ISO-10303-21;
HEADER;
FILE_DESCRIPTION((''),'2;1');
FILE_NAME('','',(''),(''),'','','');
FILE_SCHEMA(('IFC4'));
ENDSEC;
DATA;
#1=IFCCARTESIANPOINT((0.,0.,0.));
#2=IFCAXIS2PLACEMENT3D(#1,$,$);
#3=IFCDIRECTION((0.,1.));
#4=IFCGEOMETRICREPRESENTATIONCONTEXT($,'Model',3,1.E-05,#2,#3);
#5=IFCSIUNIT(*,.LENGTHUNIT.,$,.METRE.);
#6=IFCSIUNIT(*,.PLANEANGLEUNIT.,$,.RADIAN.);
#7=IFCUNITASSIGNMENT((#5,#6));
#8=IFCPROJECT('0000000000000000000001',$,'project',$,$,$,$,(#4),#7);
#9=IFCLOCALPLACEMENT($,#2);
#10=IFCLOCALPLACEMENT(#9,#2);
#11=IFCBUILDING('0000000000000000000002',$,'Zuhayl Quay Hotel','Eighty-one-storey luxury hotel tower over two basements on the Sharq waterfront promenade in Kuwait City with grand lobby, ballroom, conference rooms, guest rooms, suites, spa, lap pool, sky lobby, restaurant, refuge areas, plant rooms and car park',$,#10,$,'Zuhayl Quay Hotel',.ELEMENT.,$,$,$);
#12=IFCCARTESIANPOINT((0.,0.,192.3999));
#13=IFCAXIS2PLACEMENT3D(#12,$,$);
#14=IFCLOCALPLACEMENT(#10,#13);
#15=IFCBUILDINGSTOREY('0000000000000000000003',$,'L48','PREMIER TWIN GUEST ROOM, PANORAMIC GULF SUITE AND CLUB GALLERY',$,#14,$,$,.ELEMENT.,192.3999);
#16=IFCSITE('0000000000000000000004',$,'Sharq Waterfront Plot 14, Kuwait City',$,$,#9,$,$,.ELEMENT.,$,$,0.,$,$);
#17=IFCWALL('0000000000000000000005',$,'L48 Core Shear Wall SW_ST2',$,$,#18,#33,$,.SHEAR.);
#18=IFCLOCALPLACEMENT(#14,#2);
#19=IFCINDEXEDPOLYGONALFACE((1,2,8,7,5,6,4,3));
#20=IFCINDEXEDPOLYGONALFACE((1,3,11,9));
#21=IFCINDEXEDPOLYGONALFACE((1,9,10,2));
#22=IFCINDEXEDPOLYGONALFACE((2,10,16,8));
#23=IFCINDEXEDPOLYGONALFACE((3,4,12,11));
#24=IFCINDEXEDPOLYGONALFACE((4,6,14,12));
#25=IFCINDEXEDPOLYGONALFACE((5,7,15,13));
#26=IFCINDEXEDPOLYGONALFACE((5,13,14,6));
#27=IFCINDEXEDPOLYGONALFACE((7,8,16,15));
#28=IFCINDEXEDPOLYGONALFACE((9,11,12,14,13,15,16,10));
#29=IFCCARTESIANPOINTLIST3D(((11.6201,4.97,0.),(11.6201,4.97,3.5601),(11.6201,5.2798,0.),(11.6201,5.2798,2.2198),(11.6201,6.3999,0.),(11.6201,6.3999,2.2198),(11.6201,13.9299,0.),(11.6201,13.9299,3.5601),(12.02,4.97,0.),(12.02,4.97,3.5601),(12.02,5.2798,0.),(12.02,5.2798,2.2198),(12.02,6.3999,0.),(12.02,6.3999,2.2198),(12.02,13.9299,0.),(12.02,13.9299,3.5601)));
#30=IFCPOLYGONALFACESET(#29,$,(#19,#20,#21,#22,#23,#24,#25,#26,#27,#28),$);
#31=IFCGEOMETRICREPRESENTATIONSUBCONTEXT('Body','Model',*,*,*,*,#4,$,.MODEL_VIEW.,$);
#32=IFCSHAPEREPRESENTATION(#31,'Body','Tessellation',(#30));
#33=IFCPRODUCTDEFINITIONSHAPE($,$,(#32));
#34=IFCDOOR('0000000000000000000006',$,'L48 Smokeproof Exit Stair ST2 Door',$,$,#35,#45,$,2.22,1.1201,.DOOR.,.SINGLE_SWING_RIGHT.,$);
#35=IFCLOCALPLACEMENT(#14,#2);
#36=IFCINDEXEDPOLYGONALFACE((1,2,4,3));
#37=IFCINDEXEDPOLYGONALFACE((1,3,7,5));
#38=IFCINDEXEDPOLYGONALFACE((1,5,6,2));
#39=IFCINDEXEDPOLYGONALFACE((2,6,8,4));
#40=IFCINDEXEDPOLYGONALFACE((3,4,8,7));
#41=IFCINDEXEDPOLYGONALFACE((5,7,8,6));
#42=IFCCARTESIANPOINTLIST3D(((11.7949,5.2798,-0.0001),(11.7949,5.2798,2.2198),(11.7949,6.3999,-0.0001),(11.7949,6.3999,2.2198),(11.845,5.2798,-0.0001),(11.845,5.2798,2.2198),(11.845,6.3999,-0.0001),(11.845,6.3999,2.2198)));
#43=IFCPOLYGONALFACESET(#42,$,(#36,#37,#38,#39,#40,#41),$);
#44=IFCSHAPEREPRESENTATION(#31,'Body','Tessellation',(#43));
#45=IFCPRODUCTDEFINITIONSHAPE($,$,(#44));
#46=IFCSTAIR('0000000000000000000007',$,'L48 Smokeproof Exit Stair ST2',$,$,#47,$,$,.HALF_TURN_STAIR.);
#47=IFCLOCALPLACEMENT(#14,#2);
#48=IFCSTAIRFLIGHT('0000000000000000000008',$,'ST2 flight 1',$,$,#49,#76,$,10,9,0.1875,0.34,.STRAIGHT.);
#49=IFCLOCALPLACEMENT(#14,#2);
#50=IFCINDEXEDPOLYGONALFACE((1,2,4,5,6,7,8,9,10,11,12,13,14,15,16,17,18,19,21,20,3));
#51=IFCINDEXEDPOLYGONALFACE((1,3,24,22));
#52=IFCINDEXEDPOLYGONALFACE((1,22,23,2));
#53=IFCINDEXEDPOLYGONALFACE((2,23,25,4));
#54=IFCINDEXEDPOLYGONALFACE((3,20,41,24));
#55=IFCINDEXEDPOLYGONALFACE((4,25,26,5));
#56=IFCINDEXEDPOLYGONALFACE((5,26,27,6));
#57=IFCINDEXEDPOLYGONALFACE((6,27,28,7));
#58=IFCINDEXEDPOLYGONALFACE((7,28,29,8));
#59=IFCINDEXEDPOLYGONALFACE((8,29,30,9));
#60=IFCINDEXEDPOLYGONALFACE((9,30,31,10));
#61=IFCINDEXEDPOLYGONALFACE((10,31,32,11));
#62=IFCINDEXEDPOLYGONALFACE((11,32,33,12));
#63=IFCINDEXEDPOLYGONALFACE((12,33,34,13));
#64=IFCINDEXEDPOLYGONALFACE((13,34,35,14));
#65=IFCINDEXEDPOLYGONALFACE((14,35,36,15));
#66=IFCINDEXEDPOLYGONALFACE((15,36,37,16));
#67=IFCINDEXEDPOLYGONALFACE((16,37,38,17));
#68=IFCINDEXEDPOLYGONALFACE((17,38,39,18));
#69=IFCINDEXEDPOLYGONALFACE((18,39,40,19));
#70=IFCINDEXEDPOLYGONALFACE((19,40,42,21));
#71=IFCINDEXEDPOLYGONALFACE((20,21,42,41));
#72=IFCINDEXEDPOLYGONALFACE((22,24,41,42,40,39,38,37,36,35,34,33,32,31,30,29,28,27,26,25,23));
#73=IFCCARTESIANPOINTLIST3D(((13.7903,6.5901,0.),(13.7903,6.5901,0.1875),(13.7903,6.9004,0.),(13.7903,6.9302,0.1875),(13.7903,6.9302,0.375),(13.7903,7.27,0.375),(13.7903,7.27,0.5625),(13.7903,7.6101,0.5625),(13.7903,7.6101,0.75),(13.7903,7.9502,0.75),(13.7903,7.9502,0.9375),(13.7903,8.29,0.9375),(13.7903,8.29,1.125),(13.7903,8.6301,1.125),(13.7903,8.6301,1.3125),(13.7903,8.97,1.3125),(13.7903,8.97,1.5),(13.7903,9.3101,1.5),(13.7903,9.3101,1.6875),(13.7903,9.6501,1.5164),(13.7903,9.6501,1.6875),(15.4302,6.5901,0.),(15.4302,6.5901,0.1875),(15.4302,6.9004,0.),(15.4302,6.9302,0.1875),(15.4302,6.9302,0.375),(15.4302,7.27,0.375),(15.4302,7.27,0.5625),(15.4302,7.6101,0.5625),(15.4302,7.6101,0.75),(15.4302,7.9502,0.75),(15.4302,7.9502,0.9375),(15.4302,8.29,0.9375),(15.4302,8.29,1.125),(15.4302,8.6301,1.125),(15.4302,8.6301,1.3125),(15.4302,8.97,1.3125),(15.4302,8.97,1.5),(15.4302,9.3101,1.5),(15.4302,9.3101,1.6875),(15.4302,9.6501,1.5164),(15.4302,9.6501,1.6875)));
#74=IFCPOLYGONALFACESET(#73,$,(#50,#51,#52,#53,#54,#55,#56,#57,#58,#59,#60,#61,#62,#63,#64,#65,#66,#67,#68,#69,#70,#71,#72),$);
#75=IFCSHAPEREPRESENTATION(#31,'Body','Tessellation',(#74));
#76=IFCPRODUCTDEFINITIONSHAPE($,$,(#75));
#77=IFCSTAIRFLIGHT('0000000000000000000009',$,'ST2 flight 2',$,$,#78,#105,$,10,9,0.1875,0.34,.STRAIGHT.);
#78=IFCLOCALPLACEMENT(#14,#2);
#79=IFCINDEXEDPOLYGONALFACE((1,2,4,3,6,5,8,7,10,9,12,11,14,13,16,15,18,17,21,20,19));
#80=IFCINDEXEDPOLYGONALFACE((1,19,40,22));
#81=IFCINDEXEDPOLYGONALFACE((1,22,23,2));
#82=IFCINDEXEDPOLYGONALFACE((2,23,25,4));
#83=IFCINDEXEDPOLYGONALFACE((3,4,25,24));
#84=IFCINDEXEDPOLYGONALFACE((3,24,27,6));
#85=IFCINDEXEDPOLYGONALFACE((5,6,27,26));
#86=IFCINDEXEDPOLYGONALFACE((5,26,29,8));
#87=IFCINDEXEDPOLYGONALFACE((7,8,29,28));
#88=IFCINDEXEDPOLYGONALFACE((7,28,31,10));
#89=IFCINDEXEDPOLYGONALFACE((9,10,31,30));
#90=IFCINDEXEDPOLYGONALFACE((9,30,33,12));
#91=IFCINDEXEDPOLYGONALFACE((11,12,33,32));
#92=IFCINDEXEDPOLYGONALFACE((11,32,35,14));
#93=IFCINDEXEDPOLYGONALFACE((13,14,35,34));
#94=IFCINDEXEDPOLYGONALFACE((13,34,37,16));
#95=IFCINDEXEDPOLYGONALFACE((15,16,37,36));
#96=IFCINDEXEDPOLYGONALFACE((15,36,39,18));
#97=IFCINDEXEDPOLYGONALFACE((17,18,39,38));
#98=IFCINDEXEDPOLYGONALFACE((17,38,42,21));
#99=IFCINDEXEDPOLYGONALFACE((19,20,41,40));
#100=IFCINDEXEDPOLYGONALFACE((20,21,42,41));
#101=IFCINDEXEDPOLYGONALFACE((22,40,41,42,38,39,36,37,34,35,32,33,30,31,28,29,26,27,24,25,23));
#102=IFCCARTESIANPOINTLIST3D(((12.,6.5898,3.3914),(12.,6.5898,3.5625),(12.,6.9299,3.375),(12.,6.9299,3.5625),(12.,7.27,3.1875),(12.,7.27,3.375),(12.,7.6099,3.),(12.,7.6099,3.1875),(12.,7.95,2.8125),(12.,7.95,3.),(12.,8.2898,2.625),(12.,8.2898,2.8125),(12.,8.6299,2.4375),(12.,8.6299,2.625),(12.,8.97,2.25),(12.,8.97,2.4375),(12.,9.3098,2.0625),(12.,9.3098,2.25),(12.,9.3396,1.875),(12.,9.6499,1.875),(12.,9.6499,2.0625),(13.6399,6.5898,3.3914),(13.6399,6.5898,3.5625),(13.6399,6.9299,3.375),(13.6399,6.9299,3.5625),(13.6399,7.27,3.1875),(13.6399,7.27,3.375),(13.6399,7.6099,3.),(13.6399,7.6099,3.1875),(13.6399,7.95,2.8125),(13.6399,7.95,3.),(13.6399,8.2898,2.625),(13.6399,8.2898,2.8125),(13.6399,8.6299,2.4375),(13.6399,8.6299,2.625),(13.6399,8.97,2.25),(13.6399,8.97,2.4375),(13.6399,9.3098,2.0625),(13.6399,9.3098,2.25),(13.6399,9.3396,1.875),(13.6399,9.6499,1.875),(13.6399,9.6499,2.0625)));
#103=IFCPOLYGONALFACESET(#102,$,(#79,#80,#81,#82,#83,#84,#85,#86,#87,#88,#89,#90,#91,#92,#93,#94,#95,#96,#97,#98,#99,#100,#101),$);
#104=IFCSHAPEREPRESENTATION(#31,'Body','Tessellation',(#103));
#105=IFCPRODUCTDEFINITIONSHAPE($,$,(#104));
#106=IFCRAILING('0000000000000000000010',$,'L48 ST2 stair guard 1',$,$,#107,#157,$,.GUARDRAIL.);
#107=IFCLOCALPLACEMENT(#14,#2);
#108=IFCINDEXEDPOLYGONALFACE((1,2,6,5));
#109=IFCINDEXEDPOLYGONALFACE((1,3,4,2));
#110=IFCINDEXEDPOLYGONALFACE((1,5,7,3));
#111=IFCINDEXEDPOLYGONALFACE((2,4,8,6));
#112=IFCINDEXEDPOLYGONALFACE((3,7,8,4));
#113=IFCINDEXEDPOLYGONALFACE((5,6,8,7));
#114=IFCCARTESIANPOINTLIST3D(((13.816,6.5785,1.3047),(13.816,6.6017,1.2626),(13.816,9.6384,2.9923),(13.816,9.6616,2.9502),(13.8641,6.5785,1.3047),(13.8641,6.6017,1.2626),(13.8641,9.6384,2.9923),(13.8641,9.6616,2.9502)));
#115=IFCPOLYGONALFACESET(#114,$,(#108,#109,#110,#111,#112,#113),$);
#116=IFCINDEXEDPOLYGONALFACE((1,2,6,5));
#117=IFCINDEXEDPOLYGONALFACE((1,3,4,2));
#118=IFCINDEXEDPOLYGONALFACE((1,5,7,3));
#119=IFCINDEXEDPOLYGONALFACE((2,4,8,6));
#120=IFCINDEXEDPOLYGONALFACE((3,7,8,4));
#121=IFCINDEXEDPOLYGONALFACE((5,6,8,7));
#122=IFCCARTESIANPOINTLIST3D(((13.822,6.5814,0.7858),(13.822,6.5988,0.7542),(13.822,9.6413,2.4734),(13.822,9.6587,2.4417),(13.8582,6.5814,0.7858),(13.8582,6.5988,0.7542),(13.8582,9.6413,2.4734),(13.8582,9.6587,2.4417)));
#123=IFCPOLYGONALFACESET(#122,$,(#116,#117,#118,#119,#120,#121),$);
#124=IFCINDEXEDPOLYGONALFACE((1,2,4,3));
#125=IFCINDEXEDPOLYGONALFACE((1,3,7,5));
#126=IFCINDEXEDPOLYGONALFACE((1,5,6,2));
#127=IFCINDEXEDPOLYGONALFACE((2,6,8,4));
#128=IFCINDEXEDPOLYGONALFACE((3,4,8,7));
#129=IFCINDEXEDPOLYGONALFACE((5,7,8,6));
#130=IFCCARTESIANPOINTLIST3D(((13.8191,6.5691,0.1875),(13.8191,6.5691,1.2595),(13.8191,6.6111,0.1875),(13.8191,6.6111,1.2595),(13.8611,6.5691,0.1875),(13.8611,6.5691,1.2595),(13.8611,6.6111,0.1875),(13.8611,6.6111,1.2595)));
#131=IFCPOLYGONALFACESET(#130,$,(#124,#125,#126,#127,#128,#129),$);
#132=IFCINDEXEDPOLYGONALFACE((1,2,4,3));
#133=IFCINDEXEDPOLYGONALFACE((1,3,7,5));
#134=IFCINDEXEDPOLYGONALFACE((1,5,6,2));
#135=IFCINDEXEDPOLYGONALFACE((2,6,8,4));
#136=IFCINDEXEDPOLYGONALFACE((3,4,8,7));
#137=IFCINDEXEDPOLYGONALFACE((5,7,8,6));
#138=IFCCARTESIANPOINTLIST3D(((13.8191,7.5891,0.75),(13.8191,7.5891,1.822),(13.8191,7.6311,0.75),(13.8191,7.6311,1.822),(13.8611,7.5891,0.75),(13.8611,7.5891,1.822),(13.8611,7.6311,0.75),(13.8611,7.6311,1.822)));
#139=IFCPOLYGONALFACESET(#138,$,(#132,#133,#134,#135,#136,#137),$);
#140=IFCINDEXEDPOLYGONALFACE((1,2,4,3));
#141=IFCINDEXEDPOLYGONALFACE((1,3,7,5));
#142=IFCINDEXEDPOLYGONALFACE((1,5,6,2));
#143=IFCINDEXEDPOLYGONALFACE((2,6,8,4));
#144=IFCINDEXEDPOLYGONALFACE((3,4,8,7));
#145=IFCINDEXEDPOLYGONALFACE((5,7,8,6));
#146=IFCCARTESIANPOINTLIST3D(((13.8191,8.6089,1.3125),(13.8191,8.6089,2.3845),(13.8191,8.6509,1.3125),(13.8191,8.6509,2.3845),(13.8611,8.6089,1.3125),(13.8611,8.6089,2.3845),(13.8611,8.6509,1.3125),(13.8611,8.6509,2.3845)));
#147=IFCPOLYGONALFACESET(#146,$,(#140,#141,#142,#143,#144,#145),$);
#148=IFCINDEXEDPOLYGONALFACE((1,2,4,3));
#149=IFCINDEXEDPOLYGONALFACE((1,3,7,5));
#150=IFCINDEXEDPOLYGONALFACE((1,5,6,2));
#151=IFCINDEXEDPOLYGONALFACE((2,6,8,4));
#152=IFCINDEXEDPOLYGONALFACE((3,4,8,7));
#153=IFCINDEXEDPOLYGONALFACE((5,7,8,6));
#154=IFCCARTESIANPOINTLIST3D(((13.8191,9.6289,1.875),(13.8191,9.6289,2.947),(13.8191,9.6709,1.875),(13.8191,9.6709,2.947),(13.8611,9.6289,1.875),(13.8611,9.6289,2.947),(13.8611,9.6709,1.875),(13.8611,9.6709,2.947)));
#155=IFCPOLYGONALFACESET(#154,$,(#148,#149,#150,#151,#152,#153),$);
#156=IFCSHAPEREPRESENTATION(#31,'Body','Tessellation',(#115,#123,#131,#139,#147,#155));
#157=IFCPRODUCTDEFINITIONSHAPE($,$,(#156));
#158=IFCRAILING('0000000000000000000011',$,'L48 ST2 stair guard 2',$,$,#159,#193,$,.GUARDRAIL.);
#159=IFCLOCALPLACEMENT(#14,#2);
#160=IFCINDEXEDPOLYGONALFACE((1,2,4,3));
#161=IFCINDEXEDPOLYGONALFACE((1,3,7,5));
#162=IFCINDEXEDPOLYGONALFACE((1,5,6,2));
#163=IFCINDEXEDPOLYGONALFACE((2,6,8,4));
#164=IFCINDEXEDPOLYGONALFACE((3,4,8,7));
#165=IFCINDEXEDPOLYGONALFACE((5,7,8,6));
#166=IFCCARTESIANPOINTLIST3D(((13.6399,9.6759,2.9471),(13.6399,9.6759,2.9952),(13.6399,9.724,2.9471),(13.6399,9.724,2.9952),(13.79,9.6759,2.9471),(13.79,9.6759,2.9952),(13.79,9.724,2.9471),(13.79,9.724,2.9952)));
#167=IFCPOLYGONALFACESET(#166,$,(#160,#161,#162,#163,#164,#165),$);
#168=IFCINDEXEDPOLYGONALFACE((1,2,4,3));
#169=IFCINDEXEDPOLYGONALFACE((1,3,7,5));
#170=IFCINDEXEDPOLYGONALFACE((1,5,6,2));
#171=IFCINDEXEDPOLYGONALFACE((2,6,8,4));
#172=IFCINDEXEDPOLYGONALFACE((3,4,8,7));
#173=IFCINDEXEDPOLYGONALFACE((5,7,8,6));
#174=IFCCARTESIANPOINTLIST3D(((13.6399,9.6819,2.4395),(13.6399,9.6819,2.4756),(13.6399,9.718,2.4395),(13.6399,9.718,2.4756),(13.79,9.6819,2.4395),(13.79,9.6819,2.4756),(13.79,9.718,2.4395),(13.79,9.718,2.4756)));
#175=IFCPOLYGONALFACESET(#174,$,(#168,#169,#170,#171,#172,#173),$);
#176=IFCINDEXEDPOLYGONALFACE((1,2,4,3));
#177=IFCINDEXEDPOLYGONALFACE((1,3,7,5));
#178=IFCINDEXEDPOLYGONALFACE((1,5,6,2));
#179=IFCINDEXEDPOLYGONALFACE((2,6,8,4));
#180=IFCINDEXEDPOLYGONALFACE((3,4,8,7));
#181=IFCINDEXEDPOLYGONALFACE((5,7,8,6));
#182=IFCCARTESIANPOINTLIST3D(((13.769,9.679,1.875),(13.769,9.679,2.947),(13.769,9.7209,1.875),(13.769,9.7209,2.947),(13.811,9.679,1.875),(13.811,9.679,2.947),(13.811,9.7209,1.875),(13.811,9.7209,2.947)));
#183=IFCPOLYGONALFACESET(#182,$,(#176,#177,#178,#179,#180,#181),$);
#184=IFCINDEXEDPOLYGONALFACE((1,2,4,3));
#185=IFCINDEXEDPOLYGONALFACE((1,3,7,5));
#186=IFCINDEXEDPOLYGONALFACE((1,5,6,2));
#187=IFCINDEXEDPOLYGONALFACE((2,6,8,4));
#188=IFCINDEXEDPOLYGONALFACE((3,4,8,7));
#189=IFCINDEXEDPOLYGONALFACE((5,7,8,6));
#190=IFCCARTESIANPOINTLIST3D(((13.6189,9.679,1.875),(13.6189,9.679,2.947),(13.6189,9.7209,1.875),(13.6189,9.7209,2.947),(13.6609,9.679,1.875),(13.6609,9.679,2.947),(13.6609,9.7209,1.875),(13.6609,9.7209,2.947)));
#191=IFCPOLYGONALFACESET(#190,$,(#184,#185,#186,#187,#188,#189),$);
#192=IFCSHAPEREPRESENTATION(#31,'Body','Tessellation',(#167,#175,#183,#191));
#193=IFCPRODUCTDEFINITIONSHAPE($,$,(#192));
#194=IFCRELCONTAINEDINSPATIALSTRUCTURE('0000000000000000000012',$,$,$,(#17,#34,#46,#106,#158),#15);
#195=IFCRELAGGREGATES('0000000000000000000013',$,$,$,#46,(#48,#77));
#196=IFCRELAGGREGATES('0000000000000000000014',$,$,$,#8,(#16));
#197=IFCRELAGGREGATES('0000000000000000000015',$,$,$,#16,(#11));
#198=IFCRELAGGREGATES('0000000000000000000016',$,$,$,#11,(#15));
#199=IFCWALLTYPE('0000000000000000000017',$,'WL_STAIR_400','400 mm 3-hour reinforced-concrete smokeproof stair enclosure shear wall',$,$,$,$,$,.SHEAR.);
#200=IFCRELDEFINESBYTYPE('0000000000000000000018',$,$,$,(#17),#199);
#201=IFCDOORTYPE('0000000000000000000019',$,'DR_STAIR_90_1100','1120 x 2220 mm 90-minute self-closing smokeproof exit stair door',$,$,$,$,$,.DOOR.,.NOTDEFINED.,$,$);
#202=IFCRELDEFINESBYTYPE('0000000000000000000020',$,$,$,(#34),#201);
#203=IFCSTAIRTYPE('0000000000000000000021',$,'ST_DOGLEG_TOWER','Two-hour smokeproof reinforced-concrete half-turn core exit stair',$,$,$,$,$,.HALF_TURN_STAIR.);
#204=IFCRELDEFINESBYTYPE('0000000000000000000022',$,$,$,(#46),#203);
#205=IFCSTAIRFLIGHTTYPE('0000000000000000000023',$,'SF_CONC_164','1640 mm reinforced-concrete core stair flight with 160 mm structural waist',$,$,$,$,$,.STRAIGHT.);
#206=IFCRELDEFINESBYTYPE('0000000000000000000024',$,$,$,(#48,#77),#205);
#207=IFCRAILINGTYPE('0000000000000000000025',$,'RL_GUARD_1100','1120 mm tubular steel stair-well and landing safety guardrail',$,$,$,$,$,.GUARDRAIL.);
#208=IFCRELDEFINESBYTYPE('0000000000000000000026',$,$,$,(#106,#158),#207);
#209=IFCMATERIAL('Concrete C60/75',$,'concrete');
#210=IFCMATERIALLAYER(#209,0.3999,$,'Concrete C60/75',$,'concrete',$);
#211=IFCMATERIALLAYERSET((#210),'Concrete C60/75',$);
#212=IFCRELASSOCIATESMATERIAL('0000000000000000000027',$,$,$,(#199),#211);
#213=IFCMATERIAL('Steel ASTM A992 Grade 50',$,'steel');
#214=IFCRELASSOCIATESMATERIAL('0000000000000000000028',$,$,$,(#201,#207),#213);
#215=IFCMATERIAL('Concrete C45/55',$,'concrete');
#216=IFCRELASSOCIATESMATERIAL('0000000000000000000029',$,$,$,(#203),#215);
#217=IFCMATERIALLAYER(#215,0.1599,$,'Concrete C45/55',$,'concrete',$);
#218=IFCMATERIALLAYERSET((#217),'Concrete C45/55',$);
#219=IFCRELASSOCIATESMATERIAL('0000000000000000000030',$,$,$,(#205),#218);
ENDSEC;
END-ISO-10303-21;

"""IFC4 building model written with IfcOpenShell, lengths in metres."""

from ifc_helpers import new_model, si_unit, direction, frame, frame_2d, origin, origin_2d, place, context, subcontext, project, spatial, polyline, rectangle, outline, extrude, material, layer, layer_set, type_object, element, fill, aggregate, save


model = new_model("IFC4")

# Units and contexts
model_context = context("Model", 3, precision=1e-05, world=origin(), true_north=direction((0.0, 1.0)))
body_context = subcontext(model_context, "Body", "Model", "MODEL_VIEW")
ifc_project = project(units=[si_unit("LENGTHUNIT", "METRE"), si_unit("PLANEANGLEUNIT", "RADIAN")], contexts=[model_context])

# Site, building, storey
site_placement = place(None, origin())
site = spatial("IfcSite", under=ifc_project, at=site_placement, Name="Sharq Waterfront Plot 14, Kuwait City", CompositionType="ELEMENT", RefElevation=0.0)
building_placement = place(site_placement, origin())
building = spatial("IfcBuilding", under=site, at=building_placement, Name="Zuhayl Quay Hotel", Description="Eighty-one-storey luxury hotel tower over two basements on the Sharq waterfront promenade in Kuwait City with grand lobby, ballroom, conference rooms, guest rooms, suites, spa, lap pool, sky lobby, restaurant, refuge areas, plant rooms and car park", LongName="Zuhayl Quay Hotel", CompositionType="ELEMENT")
storey_placement = place(building_placement, frame((0.0, 0.0, 192.3999)))
storey = spatial("IfcBuildingStorey", under=building, at=storey_placement, Name="L48", Description="PREMIER TWIN GUEST ROOM, PANORAMIC GULF SUITE AND CLUB GALLERY", CompositionType="ELEMENT", Elevation=192.3999)

# Shared definitions
ifc_material_1 = material(Name="Concrete C60/75", Category="concrete")

# Shared definitions
ifc_material_2 = material(Name="Steel ASTM A992 Grade 50", Category="steel")

# Wall, opening, door
ifc_layer_1 = layer(ifc_material_1, 0.3999, Name="Concrete C60/75", Category="concrete")
ifc_layer_set_1 = layer_set([ifc_layer_1], Name="Concrete C60/75")
wall_type_1 = type_object("IfcWallType", Name="WL_STAIR_400", Description="400 mm 3-hour reinforced-concrete smokeproof stair enclosure shear wall", PredefinedType="SHEAR", material=ifc_layer_set_1)
wall_1_placement = place(storey_placement, frame((11.8201, 13.9299, 0.0), z_axis=(0.0, 0.0, 1.0), x_axis=(0.0, -1.0, 0.0)))
wall_1 = element("IfcWall", 1, at=wall_1_placement, inside=storey, type_object=wall_type_1, Name="L48 Core Shear Wall SW_ST2", PredefinedType="SHEAR", context=body_context, shape_type="SweptSolid", body=[
    extrude(rectangle(XDim=8.96, YDim=0.3999, at=frame_2d((4.48, 0.0))), origin(), (0.0, 0.0, 1.0), 3.5601),
])
opening_1_placement = place(wall_1_placement, frame((7.53, 0.0, 0.0)))
opening_1 = element("IfcOpeningElement", 2, at=opening_1_placement, cuts=wall_1, PredefinedType="OPENING", context=body_context, shape_type="SweptSolid", body=[
    extrude(rectangle(XDim=1.1201, YDim=2.22, at=frame_2d((0.5601, 1.1099))), frame((0.0, 0.21, 0.0), z_axis=(0.0, -1.0, 0.0), x_axis=(1.0, 0.0, 0.0)), (0.0, 0.0, 1.0), 0.4199),
])
door_type_1 = type_object("IfcDoorType", Name="DR_STAIR_90_1100", Description="1120 x 2220 mm 90-minute self-closing smokeproof exit stair door", OperationType="NOTDEFINED", PredefinedType="DOOR", material=ifc_material_2)
door_1_placement = place(opening_1_placement, origin())
door_1 = element("IfcDoor", 3, at=door_1_placement, inside=storey, type_object=door_type_1, Name="L48 Smokeproof Exit Stair ST2 Door", OperationType="SINGLE_SWING_RIGHT", OverallHeight=2.22, OverallWidth=1.1201, PredefinedType="DOOR", context=body_context, shape_type="SweptSolid", body=[
    extrude(rectangle(XDim=1.1201, YDim=2.22, at=frame_2d((0.5601, 1.1099))), frame((0.0, 0.0249, 0.0), z_axis=(0.0, -1.0, 0.0), x_axis=(1.0, 0.0, 0.0)), (0.0, 0.0, 1.0), 0.05),
])
fill(opening_1, door_1)

# Stair, stair flights
ifc_material_3 = material(Name="Concrete C45/55", Category="concrete")
stair_type = type_object("IfcStairType", Name="ST_DOGLEG_TOWER", Description="Two-hour smokeproof reinforced-concrete half-turn core exit stair", PredefinedType="HALF_TURN_STAIR", material=ifc_material_3)
stair_placement = place(storey_placement, origin())
stair = element("IfcStair", 4, at=stair_placement, inside=storey, type_object=stair_type, Name="L48 Smokeproof Exit Stair ST2", PredefinedType="HALF_TURN_STAIR")
ifc_layer_2 = layer(ifc_material_3, 0.1599, Name="Concrete C45/55", Category="concrete")
ifc_layer_set_2 = layer_set([ifc_layer_2], Name="Concrete C45/55")
stair_flight_type = type_object("IfcStairFlightType", Name="SF_CONC_164", Description="1640 mm reinforced-concrete core stair flight with 160 mm structural waist", PredefinedType="STRAIGHT", material=ifc_layer_set_2)
stair_flight_1_placement = place(storey_placement, frame((14.6101, 6.5901, 0.0), z_axis=(0.0, 0.0, 1.0), x_axis=(0.0, 1.0, 0.0)))
stair_flight_1 = element("IfcStairFlight", 5, at=stair_flight_1_placement, type_object=stair_flight_type, Name="ST2 flight 1", NumberOfRisers=10, NumberOfTreads=9, PredefinedType="STRAIGHT", RiserHeight=0.1875, TreadLength=0.34, context=body_context, shape_type="SweptSolid", body=[
    extrude(outline(polyline([(0.0, 0.0), (0.0, 0.1875), (0.3401, 0.1875), (0.3401, 0.375), (0.6799, 0.375), (0.6799, 0.5625), (1.02, 0.5625), (1.02, 0.75), (1.3601, 0.75), (1.3601, 0.9375), (1.7, 0.9375), (1.7, 1.125), (2.04, 1.125), (2.04, 1.3125), (2.3799, 1.3125), (2.3799, 1.5), (2.72, 1.5), (2.72, 1.6875), (3.0601, 1.6875), (3.0601, 1.875), (3.0601, 1.5164), (0.3103, 0.0), (0.0, 0.0)])), frame((0.0, 0.8198, 0.0), z_axis=(0.0, -1.0, 0.0), x_axis=(1.0, 0.0, 0.0)), (0.0, 0.0, 1.0), 1.6399),
])
stair_flight_2_placement = place(storey_placement, frame((12.8201, 9.6499, 1.875), z_axis=(0.0, 0.0, 1.0), x_axis=(0.0, -1.0, 0.0)))
stair_flight_2 = element("IfcStairFlight", 6, at=stair_flight_2_placement, type_object=stair_flight_type, Name="ST2 flight 2", NumberOfRisers=10, NumberOfTreads=9, PredefinedType="STRAIGHT", RiserHeight=0.1875, TreadLength=0.34, context=body_context, shape_type="SweptSolid", body=[
    extrude(outline(polyline([(0.0, 0.0), (0.0, 0.1875), (0.3401, 0.1875), (0.3401, 0.375), (0.6799, 0.375), (0.6799, 0.5625), (1.02, 0.5625), (1.02, 0.75), (1.3601, 0.75), (1.3601, 0.9375), (1.7, 0.9375), (1.7, 1.125), (2.04, 1.125), (2.04, 1.3125), (2.3799, 1.3125), (2.3799, 1.5), (2.72, 1.5), (2.72, 1.6875), (3.0601, 1.6875), (3.0601, 1.875), (3.0601, 1.5164), (0.3103, 0.0), (0.0, 0.0)])), frame((0.0, 0.8198, 0.0), z_axis=(0.0, -1.0, 0.0), x_axis=(1.0, 0.0, 0.0)), (0.0, 0.0, 1.0), 1.6399),
])
aggregate(stair, [stair_flight_1, stair_flight_2])

# Railings
railing_type_1 = type_object("IfcRailingType", Name="RL_GUARD_1100", Description="1120 mm tubular steel stair-well and landing safety guardrail", PredefinedType="GUARDRAIL", material=ifc_material_2)
railing_1_placement = place(storey_placement, frame((13.8401, 6.5901, 0.1875)))
element("IfcRailing", 7, at=railing_1_placement, inside=storey, type_object=railing_type_1, Name="L48 ST2 stair guard 1", PredefinedType="GUARDRAIL", context=body_context, shape_type="SweptSolid", body=[
    extrude(rectangle(XDim=0.0481, YDim=0.0481, at=origin_2d()), frame((0.0, 0.0, 1.0962), z_axis=(0.0, 0.875659, 0.48293), x_axis=(-1.0, 0.0, 0.0)), (0.0, 0.0, 1.0), 3.4944),
    extrude(rectangle(XDim=0.0361, YDim=0.0361, at=origin_2d()), frame((0.0, 0.0, 0.5825), z_axis=(0.0, 0.875659, 0.48293), x_axis=(-1.0, 0.0, 0.0)), (0.0, 0.0, 1.0), 3.4944),
    extrude(rectangle(XDim=0.042, YDim=0.042, at=origin_2d()), origin(), (0.0, 0.0, 1.0), 1.072),
    extrude(rectangle(XDim=0.042, YDim=0.042, at=origin_2d()), frame((0.0, 1.02, 0.5625)), (0.0, 0.0, 1.0), 1.072),
    extrude(rectangle(XDim=0.042, YDim=0.042, at=origin_2d()), frame((0.0, 2.0398, 1.125)), (0.0, 0.0, 1.0), 1.072),
    extrude(rectangle(XDim=0.042, YDim=0.042, at=origin_2d()), frame((0.0, 3.0598, 1.6875)), (0.0, 0.0, 1.0), 1.072),
])
railing_2_placement = place(storey_placement, frame((13.79, 9.7, 1.875)))
element("IfcRailing", 8, at=railing_2_placement, inside=storey, type_object=railing_type_1, Name="L48 ST2 stair guard 2", PredefinedType="GUARDRAIL", context=body_context, shape_type="SweptSolid", body=[
    extrude(rectangle(XDim=0.0481, YDim=0.0481, at=origin_2d()), frame((0.0, 0.0, 1.0962), z_axis=(-1.0, 0.0, 0.0), x_axis=(0.0, -1.0, 0.0)), (0.0, 0.0, 1.0), 0.1501),
    extrude(rectangle(XDim=0.0361, YDim=0.0361, at=origin_2d()), frame((0.0, 0.0, 0.5825), z_axis=(-1.0, 0.0, 0.0), x_axis=(0.0, -1.0, 0.0)), (0.0, 0.0, 1.0), 0.1501),
    extrude(rectangle(XDim=0.042, YDim=0.042, at=origin_2d()), origin(), (0.0, 0.0, 1.0), 1.072),
    extrude(rectangle(XDim=0.042, YDim=0.042, at=origin_2d()), frame((-0.1501, 0.0, 0.0)), (0.0, 0.0, 1.0), 1.072),
])

save(model, "model.ifc")
